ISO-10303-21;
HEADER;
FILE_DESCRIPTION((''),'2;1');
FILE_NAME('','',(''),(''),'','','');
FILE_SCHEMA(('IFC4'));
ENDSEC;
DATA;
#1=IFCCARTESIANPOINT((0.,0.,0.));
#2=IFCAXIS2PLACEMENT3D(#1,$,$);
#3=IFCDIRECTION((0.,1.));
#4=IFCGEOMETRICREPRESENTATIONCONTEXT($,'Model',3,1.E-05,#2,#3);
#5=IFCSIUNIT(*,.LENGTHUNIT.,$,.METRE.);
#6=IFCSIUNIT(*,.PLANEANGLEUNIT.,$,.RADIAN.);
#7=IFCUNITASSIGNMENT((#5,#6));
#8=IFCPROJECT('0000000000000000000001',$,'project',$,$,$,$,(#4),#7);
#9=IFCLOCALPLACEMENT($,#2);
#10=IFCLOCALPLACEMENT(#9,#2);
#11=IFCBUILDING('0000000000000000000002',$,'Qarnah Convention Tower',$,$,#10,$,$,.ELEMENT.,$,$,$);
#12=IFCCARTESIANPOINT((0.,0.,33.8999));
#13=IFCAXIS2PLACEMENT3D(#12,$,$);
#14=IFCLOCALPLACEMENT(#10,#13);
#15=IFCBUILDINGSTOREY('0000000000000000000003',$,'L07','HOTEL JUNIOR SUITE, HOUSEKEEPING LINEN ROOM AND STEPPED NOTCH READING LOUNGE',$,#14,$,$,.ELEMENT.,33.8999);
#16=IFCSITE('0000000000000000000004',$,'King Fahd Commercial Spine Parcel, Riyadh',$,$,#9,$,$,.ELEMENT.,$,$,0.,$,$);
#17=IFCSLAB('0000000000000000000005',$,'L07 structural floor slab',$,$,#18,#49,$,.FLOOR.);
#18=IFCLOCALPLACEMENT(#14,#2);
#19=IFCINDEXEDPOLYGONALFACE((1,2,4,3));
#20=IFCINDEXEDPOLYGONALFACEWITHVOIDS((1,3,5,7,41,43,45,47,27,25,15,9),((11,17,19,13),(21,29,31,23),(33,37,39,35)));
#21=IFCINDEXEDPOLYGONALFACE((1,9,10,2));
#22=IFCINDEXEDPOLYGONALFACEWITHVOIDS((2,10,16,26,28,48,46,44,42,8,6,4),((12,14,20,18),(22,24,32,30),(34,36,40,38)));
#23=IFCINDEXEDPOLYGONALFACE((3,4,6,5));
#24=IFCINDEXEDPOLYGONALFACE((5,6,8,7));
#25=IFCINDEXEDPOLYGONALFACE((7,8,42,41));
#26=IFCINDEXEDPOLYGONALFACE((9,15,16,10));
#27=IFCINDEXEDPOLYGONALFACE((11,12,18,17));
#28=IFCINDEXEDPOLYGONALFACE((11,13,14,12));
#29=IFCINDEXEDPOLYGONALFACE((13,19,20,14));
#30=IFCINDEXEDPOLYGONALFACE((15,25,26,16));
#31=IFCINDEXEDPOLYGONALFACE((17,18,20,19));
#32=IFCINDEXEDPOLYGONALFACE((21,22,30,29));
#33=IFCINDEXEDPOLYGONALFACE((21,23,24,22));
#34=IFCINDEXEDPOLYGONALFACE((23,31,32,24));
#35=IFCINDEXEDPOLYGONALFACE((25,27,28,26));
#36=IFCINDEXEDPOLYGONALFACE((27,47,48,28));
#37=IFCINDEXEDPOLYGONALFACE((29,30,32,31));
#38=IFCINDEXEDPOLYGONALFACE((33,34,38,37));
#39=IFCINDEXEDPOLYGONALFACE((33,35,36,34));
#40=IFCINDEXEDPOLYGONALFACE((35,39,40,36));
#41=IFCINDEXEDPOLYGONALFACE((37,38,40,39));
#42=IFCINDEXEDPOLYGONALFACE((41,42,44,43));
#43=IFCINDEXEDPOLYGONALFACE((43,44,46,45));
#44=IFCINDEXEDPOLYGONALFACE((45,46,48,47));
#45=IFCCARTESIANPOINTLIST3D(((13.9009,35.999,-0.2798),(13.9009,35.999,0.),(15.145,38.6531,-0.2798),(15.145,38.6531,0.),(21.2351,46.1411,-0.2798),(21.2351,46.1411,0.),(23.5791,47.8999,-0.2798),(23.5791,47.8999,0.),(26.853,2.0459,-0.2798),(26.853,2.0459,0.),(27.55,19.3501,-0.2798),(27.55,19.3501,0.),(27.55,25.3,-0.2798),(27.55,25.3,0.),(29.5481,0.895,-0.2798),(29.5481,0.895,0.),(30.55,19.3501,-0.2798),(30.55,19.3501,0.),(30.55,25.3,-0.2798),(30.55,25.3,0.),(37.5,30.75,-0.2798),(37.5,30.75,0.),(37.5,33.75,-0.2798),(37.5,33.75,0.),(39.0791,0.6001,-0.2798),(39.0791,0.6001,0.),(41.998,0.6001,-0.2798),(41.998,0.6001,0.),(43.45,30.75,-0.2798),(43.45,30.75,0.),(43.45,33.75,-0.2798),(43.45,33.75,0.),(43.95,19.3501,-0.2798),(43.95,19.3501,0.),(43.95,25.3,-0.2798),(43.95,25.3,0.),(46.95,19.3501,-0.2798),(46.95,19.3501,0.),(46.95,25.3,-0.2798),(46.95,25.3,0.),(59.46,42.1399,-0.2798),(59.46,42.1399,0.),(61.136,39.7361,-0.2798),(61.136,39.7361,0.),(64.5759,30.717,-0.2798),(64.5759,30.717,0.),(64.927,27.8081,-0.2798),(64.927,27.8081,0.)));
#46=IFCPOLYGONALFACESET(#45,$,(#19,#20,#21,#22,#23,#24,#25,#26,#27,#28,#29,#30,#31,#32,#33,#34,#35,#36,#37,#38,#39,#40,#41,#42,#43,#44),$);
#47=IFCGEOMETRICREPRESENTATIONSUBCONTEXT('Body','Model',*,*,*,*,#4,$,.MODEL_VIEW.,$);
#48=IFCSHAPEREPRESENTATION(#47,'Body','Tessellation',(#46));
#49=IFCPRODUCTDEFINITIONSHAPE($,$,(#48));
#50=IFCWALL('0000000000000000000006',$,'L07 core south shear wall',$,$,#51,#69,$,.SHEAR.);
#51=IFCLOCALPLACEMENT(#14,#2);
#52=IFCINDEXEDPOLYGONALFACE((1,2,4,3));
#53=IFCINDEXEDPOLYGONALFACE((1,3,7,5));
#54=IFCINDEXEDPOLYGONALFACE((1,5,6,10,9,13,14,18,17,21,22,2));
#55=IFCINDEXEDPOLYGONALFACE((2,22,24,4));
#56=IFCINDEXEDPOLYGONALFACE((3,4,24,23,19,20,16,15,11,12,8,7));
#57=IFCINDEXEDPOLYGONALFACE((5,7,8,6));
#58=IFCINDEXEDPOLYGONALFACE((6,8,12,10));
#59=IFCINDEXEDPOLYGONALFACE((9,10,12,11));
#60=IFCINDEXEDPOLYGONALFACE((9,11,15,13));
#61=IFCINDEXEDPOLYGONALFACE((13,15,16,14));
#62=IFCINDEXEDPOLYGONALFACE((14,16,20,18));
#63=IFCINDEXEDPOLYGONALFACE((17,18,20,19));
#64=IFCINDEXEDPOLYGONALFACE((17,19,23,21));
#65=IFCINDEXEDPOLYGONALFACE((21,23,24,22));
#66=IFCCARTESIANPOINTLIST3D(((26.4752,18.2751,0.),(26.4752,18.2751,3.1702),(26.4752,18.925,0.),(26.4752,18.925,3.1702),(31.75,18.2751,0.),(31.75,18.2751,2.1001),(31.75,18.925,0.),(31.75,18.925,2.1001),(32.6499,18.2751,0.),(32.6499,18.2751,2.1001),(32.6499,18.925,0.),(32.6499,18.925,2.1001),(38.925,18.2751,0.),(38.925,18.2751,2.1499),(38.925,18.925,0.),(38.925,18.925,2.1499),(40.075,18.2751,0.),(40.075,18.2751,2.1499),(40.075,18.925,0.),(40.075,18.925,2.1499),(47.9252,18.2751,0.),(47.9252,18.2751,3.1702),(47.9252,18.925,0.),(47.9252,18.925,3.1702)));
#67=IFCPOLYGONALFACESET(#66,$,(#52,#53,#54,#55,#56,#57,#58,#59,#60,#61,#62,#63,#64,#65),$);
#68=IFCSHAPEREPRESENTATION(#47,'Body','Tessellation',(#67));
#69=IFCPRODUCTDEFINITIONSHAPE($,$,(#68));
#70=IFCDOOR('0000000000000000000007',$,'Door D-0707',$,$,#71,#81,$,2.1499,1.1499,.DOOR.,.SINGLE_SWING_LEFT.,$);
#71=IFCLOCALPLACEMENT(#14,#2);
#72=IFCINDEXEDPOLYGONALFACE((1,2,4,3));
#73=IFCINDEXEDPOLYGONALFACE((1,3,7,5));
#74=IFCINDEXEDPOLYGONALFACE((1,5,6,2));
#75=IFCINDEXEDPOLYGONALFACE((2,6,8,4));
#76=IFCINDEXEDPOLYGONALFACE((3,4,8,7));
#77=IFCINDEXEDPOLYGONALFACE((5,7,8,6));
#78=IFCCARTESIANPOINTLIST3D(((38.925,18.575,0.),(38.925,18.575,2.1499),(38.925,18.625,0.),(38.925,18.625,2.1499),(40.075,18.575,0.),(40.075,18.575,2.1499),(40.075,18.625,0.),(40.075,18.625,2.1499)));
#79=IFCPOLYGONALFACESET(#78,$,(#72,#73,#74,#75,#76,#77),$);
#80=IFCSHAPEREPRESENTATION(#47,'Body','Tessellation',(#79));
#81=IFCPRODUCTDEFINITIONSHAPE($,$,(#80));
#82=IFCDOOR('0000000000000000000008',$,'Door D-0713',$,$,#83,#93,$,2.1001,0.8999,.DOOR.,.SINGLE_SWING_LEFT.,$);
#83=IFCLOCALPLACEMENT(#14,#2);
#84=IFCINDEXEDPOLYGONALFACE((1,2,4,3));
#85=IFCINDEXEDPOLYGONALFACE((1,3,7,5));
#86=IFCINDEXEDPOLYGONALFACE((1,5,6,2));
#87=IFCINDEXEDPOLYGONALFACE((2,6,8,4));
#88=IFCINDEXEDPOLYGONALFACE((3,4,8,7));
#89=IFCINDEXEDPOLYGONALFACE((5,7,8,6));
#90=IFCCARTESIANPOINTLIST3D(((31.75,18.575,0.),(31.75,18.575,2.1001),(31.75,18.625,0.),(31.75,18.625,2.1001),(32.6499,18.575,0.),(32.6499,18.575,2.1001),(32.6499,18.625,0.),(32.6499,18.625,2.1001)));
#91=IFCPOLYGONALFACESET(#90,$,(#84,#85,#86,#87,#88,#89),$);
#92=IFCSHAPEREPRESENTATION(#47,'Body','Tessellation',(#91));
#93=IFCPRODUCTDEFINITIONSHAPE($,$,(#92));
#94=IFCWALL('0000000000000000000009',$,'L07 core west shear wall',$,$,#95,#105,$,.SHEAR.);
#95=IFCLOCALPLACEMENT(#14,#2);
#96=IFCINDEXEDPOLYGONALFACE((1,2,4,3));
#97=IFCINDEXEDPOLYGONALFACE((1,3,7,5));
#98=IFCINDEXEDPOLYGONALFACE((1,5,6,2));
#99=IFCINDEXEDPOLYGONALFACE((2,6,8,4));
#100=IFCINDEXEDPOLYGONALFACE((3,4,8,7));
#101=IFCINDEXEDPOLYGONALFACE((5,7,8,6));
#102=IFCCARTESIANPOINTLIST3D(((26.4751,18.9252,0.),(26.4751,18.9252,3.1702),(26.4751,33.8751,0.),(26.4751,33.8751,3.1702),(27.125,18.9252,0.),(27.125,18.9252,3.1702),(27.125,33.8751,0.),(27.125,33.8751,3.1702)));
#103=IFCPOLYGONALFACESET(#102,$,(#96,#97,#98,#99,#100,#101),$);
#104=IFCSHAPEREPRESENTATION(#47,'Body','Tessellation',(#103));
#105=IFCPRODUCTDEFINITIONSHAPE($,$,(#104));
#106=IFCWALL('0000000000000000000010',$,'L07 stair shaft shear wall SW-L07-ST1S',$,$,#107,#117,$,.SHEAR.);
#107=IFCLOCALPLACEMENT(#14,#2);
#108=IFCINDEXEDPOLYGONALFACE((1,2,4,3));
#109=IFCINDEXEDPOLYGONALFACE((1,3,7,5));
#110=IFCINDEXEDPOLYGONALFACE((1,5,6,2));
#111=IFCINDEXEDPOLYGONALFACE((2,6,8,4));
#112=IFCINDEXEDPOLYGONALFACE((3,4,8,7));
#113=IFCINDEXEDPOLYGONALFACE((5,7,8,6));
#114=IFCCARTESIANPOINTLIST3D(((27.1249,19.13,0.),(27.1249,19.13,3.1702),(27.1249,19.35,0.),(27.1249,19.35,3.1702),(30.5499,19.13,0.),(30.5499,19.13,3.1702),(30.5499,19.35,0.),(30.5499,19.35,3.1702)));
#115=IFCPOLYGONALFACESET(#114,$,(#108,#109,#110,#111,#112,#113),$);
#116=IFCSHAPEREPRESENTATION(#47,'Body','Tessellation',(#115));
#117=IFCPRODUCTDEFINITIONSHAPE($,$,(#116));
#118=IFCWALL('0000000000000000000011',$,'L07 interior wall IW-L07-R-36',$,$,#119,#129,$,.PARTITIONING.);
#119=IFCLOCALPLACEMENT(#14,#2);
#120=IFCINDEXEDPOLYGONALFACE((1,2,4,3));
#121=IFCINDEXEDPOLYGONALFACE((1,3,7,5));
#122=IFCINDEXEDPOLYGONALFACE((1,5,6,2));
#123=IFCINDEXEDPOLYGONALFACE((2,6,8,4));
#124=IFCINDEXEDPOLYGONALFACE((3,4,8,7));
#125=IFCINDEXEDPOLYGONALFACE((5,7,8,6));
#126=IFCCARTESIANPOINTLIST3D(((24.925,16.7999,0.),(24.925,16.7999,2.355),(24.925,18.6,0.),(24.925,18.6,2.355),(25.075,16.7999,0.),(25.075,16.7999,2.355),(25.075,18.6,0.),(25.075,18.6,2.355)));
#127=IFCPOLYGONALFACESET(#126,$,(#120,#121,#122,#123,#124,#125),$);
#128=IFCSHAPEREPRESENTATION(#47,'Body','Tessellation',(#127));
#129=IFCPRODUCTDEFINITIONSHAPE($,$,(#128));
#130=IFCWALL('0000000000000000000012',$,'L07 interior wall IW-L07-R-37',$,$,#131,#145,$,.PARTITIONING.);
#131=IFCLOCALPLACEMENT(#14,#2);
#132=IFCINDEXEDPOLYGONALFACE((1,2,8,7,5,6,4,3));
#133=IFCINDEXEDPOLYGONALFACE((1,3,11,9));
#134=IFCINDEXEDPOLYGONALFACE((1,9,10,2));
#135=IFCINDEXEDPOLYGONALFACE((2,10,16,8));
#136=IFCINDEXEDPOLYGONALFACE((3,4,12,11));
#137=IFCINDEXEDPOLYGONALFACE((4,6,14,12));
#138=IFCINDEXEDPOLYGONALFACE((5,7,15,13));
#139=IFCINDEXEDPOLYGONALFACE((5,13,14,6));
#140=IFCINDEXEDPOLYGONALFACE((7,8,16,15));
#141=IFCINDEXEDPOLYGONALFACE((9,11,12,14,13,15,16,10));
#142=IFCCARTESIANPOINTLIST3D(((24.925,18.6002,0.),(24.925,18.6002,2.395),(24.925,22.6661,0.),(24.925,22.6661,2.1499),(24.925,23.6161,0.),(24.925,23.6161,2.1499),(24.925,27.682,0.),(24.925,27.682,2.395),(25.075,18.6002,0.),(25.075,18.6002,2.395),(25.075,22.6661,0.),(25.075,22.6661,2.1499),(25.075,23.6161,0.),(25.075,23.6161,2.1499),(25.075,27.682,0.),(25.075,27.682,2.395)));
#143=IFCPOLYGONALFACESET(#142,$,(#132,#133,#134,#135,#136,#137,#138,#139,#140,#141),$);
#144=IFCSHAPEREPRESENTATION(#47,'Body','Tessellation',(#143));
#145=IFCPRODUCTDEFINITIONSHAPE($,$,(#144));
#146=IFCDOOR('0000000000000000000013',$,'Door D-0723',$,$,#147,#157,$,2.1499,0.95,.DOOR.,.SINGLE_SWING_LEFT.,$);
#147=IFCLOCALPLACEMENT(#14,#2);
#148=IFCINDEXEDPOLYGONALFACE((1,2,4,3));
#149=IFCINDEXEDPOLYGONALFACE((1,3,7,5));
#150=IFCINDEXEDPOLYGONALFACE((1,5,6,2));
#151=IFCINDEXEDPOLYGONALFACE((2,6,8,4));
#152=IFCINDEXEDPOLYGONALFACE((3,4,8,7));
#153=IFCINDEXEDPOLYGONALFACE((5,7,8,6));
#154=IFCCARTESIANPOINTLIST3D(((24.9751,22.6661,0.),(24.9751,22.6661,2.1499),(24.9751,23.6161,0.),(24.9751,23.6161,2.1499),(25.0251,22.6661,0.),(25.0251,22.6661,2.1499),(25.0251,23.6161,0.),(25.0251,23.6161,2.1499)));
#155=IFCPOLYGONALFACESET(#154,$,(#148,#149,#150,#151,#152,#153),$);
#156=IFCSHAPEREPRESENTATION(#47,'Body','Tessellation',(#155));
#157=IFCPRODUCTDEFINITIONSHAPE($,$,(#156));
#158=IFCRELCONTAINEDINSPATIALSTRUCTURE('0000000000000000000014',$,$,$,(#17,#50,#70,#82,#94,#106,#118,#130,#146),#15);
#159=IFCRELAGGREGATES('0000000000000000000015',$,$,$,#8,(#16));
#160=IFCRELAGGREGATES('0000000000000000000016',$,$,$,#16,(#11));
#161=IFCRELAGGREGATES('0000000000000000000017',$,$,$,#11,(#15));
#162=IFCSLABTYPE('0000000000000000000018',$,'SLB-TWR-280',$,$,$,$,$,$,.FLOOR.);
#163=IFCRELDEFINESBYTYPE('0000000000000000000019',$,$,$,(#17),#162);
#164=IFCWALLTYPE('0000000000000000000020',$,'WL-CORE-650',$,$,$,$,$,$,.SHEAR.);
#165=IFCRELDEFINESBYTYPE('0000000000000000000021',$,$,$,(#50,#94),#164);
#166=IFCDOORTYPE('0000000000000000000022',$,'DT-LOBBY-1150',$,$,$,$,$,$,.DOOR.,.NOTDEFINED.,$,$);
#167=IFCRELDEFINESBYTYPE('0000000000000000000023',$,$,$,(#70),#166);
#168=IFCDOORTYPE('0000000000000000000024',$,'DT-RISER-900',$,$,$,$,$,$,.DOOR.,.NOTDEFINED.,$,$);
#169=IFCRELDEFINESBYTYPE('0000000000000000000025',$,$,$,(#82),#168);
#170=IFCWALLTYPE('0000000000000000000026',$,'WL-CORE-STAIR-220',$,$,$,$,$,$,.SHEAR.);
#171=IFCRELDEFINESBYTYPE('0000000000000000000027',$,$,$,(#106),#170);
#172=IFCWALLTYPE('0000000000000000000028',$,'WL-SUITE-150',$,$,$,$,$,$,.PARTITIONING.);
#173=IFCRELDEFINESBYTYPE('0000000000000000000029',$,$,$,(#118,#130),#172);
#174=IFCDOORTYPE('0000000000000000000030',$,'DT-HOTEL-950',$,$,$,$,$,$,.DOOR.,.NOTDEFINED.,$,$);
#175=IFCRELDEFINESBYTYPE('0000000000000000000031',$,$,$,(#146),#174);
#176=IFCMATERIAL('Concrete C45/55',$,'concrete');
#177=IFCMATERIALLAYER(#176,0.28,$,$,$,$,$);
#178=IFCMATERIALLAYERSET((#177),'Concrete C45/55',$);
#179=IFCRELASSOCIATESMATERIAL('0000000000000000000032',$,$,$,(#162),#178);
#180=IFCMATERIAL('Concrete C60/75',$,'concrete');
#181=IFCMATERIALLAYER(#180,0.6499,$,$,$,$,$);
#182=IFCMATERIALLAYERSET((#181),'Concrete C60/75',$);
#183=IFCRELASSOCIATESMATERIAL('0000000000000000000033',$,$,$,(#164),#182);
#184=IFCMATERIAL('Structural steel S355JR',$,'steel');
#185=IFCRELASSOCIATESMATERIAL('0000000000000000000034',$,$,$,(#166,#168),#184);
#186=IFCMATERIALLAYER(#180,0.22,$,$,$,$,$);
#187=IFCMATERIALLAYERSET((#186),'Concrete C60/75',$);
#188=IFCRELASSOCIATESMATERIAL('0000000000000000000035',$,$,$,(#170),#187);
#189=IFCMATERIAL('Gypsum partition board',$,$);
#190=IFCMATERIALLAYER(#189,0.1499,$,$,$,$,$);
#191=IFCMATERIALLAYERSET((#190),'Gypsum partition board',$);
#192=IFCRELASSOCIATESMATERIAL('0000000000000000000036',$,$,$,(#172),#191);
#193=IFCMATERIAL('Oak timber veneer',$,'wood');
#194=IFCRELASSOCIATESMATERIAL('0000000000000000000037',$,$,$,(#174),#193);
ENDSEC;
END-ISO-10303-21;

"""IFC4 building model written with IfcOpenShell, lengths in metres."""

from ifc_helpers import new_model, si_unit, direction, frame, frame_2d, origin, place, context, subcontext, project, spatial, polyline, rectangle, outline, extrude, material, layer, layer_set, type_object, element, fill, save


model = new_model("IFC4")

# Units and contexts
model_context = context("Model", 3, precision=1e-05, world=origin(), true_north=direction((0.0, 1.0)))
body_context = subcontext(model_context, "Body", "Model", "MODEL_VIEW")
ifc_project = project(units=[si_unit("LENGTHUNIT", "METRE"), si_unit("PLANEANGLEUNIT", "RADIAN")], contexts=[model_context])

# Site, building, storey
site_placement = place(None, origin())
site = spatial("IfcSite", under=ifc_project, at=site_placement, Name="King Fahd Commercial Spine Parcel, Riyadh", CompositionType="ELEMENT", RefElevation=0.0)
building_placement = place(site_placement, origin())
building = spatial("IfcBuilding", under=site, at=building_placement, Name="Qarnah Convention Tower", CompositionType="ELEMENT")
storey_placement = place(building_placement, frame((0.0, 0.0, 33.8999)))
storey = spatial("IfcBuildingStorey", under=building, at=storey_placement, Name="L07", Description="HOTEL JUNIOR SUITE, HOUSEKEEPING LINEN ROOM AND STEPPED NOTCH READING LOUNGE", CompositionType="ELEMENT", Elevation=33.8999)

# Shared definitions
ifc_material_1 = material(Name="Concrete C60/75", Category="concrete")
ifc_material_2 = material(Name="Structural steel S355JR", Category="steel")

# Shared definitions
ifc_material_3 = material(Name="Concrete C45/55", Category="concrete")

# Slab
ifc_layer_1 = layer(ifc_material_3, 0.28)
ifc_layer_set_1 = layer_set([ifc_layer_1], Name="Concrete C45/55")
slab_type_1 = type_object("IfcSlabType", Name="SLB-TWR-280", PredefinedType="FLOOR", material=ifc_layer_set_1)
slab_1_placement = place(storey_placement, frame((0.0, 0.0, -0.2798)))
element("IfcSlab", 1, at=slab_1_placement, inside=storey, type_object=slab_type_1, Name="L07 structural floor slab", PredefinedType="FLOOR", context=body_context, shape_type="SweptSolid", body=[
    extrude(outline(polyline([(59.46, 42.1399), (23.5791, 47.8999), (21.2351, 46.1411), (15.145, 38.6531), (13.9009, 35.999), (26.853, 2.0459), (29.5481, 0.895), (39.0791, 0.6001), (41.998, 0.6001), (64.927, 27.8081), (64.5759, 30.717), (61.136, 39.7361), (59.46, 42.1399)]), holes=[polyline([(27.55, 25.3), (27.55, 19.3501), (30.55, 19.3501), (30.55, 25.3), (27.55, 25.3)]), polyline([(43.95, 25.3), (43.95, 19.3501), (46.95, 19.3501), (46.95, 25.3), (43.95, 25.3)]), polyline([(37.5, 30.75), (43.45, 30.75), (43.45, 33.75), (37.5, 33.75), (37.5, 30.75)])]), origin(), (0.0, 0.0, 1.0), 0.2798),
])

# Wall, openings, doors
ifc_layer_2 = layer(ifc_material_1, 0.6499)
ifc_layer_set_2 = layer_set([ifc_layer_2], Name="Concrete C60/75")
wall_type_1 = type_object("IfcWallType", Name="WL-CORE-650", PredefinedType="SHEAR", material=ifc_layer_set_2)
wall_1_placement = place(storey_placement, frame((26.4751, 18.6001, 0.0), z_axis=(0.0, 0.0, 1.0), x_axis=(1.0, 0.0, 0.0)))
wall_1 = element("IfcWall", 2, at=wall_1_placement, inside=storey, type_object=wall_type_1, Name="L07 core south shear wall", PredefinedType="SHEAR", context=body_context, shape_type="SweptSolid", body=[
    extrude(rectangle(XDim=21.45, YDim=0.6499, at=frame_2d((10.7251, 0.0))), origin(), (0.0, 0.0, 1.0), 3.1702),
])
opening_1_placement = place(wall_1_placement, frame((12.45, 0.0, 0.0)))
opening_1 = element("IfcOpeningElement", 3, at=opening_1_placement, cuts=wall_1, PredefinedType="OPENING", context=body_context, shape_type="SweptSolid", body=[
    extrude(rectangle(XDim=1.1499, YDim=2.1499, at=frame_2d((0.575, 1.075))), frame((0.0, 0.335, 0.0), z_axis=(0.0, -1.0, 0.0), x_axis=(1.0, 0.0, 0.0)), (0.0, 0.0, 1.0), 0.6699),
])
opening_2_placement = place(wall_1_placement, frame((5.2749, 0.0, 0.0)))
opening_2 = element("IfcOpeningElement", 4, at=opening_2_placement, cuts=wall_1, PredefinedType="OPENING", context=body_context, shape_type="SweptSolid", body=[
    extrude(rectangle(XDim=0.8999, YDim=2.1001, at=frame_2d((0.45, 1.05))), frame((0.0, 0.335, 0.0), z_axis=(0.0, -1.0, 0.0), x_axis=(1.0, 0.0, 0.0)), (0.0, 0.0, 1.0), 0.6699),
])
door_type_1 = type_object("IfcDoorType", Name="DT-LOBBY-1150", OperationType="NOTDEFINED", PredefinedType="DOOR", material=ifc_material_2)
door_1_placement = place(opening_1_placement, origin())
door_1 = element("IfcDoor", 5, at=door_1_placement, inside=storey, type_object=door_type_1, Name="Door D-0707", OperationType="SINGLE_SWING_LEFT", OverallHeight=2.1499, OverallWidth=1.1499, PredefinedType="DOOR", context=body_context, shape_type="SweptSolid", body=[
    extrude(rectangle(XDim=1.1499, YDim=2.1499, at=frame_2d((0.575, 1.075))), frame((0.0, 0.0249, 0.0), z_axis=(0.0, -1.0, 0.0), x_axis=(1.0, 0.0, 0.0)), (0.0, 0.0, 1.0), 0.05),
])
fill(opening_1, door_1)
door_type_2 = type_object("IfcDoorType", Name="DT-RISER-900", OperationType="NOTDEFINED", PredefinedType="DOOR", material=ifc_material_2)
door_2_placement = place(opening_2_placement, origin())
door_2 = element("IfcDoor", 6, at=door_2_placement, inside=storey, type_object=door_type_2, Name="Door D-0713", OperationType="SINGLE_SWING_LEFT", OverallHeight=2.1001, OverallWidth=0.8999, PredefinedType="DOOR", context=body_context, shape_type="SweptSolid", body=[
    extrude(rectangle(XDim=0.8999, YDim=2.1001, at=frame_2d((0.45, 1.05))), frame((0.0, 0.0249, 0.0), z_axis=(0.0, -1.0, 0.0), x_axis=(1.0, 0.0, 0.0)), (0.0, 0.0, 1.0), 0.05),
])
fill(opening_2, door_2)

# Walls
wall_2_placement = place(storey_placement, frame((26.8, 18.925, 0.0), z_axis=(0.0, 0.0, 1.0), x_axis=(0.0, 1.0, 0.0)))
element("IfcWall", 7, at=wall_2_placement, inside=storey, type_object=wall_type_1, Name="L07 core west shear wall", PredefinedType="SHEAR", context=body_context, shape_type="SweptSolid", body=[
    extrude(rectangle(XDim=14.95, YDim=0.6499, at=frame_2d((7.4751, 0.0))), origin(), (0.0, 0.0, 1.0), 3.1702),
])
ifc_layer_3 = layer(ifc_material_1, 0.22)
ifc_layer_set_3 = layer_set([ifc_layer_3], Name="Concrete C60/75")
wall_type_2 = type_object("IfcWallType", Name="WL-CORE-STAIR-220", PredefinedType="SHEAR", material=ifc_layer_set_3)
wall_3_placement = place(storey_placement, frame((27.125, 19.24, 0.0), z_axis=(0.0, 0.0, 1.0), x_axis=(1.0, 0.0, 0.0)))
element("IfcWall", 8, at=wall_3_placement, inside=storey, type_object=wall_type_2, Name="L07 stair shaft shear wall SW-L07-ST1S", PredefinedType="SHEAR", context=body_context, shape_type="SweptSolid", body=[
    extrude(rectangle(XDim=3.425, YDim=0.22, at=frame_2d((1.7124, 0.0))), origin(), (0.0, 0.0, 1.0), 3.1702),
])
ifc_material_4 = material(Name="Gypsum partition board")
ifc_layer_4 = layer(ifc_material_4, 0.1499)
ifc_layer_set_4 = layer_set([ifc_layer_4], Name="Gypsum partition board")
wall_type_3 = type_object("IfcWallType", Name="WL-SUITE-150", PredefinedType="PARTITIONING", material=ifc_layer_set_4)
wall_4_placement = place(storey_placement, frame((25.0, 16.8, 0.0), z_axis=(0.0, 0.0, 1.0), x_axis=(0.0, 1.0, 0.0)))
element("IfcWall", 9, at=wall_4_placement, inside=storey, type_object=wall_type_3, Name="L07 interior wall IW-L07-R-36", PredefinedType="PARTITIONING", context=body_context, shape_type="SweptSolid", body=[
    extrude(rectangle(XDim=1.8, YDim=0.1499, at=frame_2d((0.8999, 0.0))), origin(), (0.0, 0.0, 1.0), 2.355),
])

# Wall, opening, door
wall_5_placement = place(storey_placement, frame((25.0, 18.6001, 0.0), z_axis=(0.0, 0.0, 1.0), x_axis=(0.0, 1.0, 0.0)))
wall_5 = element("IfcWall", 10, at=wall_5_placement, inside=storey, type_object=wall_type_3, Name="L07 interior wall IW-L07-R-37", PredefinedType="PARTITIONING", context=body_context, shape_type="SweptSolid", body=[
    extrude(rectangle(XDim=9.0818, YDim=0.1499, at=frame_2d((4.541, 0.0))), origin(), (0.0, 0.0, 1.0), 2.395),
])
opening_3_placement = place(wall_5_placement, frame((4.0659, 0.0, 0.0)))
opening_3 = element("IfcOpeningElement", 11, at=opening_3_placement, cuts=wall_5, PredefinedType="OPENING", context=body_context, shape_type="SweptSolid", body=[
    extrude(rectangle(XDim=0.95, YDim=2.1499, at=frame_2d((0.4751, 1.075))), frame((0.0, 0.085, 0.0), z_axis=(0.0, -1.0, 0.0), x_axis=(1.0, 0.0, 0.0)), (0.0, 0.0, 1.0), 0.1699),
])
ifc_material_5 = material(Name="Oak timber veneer", Category="wood")
door_type_3 = type_object("IfcDoorType", Name="DT-HOTEL-950", OperationType="NOTDEFINED", PredefinedType="DOOR", material=ifc_material_5)
door_3_placement = place(opening_3_placement, origin())
door_3 = element("IfcDoor", 12, at=door_3_placement, inside=storey, type_object=door_type_3, Name="Door D-0723", OperationType="SINGLE_SWING_LEFT", OverallHeight=2.1499, OverallWidth=0.95, PredefinedType="DOOR", context=body_context, shape_type="SweptSolid", body=[
    extrude(rectangle(XDim=0.95, YDim=2.1499, at=frame_2d((0.4751, 1.075))), frame((0.0, 0.0249, 0.0), z_axis=(0.0, -1.0, 0.0), x_axis=(1.0, 0.0, 0.0)), (0.0, 0.0, 1.0), 0.05),
])
fill(opening_3, door_3)

save(model, "model.ifc")
